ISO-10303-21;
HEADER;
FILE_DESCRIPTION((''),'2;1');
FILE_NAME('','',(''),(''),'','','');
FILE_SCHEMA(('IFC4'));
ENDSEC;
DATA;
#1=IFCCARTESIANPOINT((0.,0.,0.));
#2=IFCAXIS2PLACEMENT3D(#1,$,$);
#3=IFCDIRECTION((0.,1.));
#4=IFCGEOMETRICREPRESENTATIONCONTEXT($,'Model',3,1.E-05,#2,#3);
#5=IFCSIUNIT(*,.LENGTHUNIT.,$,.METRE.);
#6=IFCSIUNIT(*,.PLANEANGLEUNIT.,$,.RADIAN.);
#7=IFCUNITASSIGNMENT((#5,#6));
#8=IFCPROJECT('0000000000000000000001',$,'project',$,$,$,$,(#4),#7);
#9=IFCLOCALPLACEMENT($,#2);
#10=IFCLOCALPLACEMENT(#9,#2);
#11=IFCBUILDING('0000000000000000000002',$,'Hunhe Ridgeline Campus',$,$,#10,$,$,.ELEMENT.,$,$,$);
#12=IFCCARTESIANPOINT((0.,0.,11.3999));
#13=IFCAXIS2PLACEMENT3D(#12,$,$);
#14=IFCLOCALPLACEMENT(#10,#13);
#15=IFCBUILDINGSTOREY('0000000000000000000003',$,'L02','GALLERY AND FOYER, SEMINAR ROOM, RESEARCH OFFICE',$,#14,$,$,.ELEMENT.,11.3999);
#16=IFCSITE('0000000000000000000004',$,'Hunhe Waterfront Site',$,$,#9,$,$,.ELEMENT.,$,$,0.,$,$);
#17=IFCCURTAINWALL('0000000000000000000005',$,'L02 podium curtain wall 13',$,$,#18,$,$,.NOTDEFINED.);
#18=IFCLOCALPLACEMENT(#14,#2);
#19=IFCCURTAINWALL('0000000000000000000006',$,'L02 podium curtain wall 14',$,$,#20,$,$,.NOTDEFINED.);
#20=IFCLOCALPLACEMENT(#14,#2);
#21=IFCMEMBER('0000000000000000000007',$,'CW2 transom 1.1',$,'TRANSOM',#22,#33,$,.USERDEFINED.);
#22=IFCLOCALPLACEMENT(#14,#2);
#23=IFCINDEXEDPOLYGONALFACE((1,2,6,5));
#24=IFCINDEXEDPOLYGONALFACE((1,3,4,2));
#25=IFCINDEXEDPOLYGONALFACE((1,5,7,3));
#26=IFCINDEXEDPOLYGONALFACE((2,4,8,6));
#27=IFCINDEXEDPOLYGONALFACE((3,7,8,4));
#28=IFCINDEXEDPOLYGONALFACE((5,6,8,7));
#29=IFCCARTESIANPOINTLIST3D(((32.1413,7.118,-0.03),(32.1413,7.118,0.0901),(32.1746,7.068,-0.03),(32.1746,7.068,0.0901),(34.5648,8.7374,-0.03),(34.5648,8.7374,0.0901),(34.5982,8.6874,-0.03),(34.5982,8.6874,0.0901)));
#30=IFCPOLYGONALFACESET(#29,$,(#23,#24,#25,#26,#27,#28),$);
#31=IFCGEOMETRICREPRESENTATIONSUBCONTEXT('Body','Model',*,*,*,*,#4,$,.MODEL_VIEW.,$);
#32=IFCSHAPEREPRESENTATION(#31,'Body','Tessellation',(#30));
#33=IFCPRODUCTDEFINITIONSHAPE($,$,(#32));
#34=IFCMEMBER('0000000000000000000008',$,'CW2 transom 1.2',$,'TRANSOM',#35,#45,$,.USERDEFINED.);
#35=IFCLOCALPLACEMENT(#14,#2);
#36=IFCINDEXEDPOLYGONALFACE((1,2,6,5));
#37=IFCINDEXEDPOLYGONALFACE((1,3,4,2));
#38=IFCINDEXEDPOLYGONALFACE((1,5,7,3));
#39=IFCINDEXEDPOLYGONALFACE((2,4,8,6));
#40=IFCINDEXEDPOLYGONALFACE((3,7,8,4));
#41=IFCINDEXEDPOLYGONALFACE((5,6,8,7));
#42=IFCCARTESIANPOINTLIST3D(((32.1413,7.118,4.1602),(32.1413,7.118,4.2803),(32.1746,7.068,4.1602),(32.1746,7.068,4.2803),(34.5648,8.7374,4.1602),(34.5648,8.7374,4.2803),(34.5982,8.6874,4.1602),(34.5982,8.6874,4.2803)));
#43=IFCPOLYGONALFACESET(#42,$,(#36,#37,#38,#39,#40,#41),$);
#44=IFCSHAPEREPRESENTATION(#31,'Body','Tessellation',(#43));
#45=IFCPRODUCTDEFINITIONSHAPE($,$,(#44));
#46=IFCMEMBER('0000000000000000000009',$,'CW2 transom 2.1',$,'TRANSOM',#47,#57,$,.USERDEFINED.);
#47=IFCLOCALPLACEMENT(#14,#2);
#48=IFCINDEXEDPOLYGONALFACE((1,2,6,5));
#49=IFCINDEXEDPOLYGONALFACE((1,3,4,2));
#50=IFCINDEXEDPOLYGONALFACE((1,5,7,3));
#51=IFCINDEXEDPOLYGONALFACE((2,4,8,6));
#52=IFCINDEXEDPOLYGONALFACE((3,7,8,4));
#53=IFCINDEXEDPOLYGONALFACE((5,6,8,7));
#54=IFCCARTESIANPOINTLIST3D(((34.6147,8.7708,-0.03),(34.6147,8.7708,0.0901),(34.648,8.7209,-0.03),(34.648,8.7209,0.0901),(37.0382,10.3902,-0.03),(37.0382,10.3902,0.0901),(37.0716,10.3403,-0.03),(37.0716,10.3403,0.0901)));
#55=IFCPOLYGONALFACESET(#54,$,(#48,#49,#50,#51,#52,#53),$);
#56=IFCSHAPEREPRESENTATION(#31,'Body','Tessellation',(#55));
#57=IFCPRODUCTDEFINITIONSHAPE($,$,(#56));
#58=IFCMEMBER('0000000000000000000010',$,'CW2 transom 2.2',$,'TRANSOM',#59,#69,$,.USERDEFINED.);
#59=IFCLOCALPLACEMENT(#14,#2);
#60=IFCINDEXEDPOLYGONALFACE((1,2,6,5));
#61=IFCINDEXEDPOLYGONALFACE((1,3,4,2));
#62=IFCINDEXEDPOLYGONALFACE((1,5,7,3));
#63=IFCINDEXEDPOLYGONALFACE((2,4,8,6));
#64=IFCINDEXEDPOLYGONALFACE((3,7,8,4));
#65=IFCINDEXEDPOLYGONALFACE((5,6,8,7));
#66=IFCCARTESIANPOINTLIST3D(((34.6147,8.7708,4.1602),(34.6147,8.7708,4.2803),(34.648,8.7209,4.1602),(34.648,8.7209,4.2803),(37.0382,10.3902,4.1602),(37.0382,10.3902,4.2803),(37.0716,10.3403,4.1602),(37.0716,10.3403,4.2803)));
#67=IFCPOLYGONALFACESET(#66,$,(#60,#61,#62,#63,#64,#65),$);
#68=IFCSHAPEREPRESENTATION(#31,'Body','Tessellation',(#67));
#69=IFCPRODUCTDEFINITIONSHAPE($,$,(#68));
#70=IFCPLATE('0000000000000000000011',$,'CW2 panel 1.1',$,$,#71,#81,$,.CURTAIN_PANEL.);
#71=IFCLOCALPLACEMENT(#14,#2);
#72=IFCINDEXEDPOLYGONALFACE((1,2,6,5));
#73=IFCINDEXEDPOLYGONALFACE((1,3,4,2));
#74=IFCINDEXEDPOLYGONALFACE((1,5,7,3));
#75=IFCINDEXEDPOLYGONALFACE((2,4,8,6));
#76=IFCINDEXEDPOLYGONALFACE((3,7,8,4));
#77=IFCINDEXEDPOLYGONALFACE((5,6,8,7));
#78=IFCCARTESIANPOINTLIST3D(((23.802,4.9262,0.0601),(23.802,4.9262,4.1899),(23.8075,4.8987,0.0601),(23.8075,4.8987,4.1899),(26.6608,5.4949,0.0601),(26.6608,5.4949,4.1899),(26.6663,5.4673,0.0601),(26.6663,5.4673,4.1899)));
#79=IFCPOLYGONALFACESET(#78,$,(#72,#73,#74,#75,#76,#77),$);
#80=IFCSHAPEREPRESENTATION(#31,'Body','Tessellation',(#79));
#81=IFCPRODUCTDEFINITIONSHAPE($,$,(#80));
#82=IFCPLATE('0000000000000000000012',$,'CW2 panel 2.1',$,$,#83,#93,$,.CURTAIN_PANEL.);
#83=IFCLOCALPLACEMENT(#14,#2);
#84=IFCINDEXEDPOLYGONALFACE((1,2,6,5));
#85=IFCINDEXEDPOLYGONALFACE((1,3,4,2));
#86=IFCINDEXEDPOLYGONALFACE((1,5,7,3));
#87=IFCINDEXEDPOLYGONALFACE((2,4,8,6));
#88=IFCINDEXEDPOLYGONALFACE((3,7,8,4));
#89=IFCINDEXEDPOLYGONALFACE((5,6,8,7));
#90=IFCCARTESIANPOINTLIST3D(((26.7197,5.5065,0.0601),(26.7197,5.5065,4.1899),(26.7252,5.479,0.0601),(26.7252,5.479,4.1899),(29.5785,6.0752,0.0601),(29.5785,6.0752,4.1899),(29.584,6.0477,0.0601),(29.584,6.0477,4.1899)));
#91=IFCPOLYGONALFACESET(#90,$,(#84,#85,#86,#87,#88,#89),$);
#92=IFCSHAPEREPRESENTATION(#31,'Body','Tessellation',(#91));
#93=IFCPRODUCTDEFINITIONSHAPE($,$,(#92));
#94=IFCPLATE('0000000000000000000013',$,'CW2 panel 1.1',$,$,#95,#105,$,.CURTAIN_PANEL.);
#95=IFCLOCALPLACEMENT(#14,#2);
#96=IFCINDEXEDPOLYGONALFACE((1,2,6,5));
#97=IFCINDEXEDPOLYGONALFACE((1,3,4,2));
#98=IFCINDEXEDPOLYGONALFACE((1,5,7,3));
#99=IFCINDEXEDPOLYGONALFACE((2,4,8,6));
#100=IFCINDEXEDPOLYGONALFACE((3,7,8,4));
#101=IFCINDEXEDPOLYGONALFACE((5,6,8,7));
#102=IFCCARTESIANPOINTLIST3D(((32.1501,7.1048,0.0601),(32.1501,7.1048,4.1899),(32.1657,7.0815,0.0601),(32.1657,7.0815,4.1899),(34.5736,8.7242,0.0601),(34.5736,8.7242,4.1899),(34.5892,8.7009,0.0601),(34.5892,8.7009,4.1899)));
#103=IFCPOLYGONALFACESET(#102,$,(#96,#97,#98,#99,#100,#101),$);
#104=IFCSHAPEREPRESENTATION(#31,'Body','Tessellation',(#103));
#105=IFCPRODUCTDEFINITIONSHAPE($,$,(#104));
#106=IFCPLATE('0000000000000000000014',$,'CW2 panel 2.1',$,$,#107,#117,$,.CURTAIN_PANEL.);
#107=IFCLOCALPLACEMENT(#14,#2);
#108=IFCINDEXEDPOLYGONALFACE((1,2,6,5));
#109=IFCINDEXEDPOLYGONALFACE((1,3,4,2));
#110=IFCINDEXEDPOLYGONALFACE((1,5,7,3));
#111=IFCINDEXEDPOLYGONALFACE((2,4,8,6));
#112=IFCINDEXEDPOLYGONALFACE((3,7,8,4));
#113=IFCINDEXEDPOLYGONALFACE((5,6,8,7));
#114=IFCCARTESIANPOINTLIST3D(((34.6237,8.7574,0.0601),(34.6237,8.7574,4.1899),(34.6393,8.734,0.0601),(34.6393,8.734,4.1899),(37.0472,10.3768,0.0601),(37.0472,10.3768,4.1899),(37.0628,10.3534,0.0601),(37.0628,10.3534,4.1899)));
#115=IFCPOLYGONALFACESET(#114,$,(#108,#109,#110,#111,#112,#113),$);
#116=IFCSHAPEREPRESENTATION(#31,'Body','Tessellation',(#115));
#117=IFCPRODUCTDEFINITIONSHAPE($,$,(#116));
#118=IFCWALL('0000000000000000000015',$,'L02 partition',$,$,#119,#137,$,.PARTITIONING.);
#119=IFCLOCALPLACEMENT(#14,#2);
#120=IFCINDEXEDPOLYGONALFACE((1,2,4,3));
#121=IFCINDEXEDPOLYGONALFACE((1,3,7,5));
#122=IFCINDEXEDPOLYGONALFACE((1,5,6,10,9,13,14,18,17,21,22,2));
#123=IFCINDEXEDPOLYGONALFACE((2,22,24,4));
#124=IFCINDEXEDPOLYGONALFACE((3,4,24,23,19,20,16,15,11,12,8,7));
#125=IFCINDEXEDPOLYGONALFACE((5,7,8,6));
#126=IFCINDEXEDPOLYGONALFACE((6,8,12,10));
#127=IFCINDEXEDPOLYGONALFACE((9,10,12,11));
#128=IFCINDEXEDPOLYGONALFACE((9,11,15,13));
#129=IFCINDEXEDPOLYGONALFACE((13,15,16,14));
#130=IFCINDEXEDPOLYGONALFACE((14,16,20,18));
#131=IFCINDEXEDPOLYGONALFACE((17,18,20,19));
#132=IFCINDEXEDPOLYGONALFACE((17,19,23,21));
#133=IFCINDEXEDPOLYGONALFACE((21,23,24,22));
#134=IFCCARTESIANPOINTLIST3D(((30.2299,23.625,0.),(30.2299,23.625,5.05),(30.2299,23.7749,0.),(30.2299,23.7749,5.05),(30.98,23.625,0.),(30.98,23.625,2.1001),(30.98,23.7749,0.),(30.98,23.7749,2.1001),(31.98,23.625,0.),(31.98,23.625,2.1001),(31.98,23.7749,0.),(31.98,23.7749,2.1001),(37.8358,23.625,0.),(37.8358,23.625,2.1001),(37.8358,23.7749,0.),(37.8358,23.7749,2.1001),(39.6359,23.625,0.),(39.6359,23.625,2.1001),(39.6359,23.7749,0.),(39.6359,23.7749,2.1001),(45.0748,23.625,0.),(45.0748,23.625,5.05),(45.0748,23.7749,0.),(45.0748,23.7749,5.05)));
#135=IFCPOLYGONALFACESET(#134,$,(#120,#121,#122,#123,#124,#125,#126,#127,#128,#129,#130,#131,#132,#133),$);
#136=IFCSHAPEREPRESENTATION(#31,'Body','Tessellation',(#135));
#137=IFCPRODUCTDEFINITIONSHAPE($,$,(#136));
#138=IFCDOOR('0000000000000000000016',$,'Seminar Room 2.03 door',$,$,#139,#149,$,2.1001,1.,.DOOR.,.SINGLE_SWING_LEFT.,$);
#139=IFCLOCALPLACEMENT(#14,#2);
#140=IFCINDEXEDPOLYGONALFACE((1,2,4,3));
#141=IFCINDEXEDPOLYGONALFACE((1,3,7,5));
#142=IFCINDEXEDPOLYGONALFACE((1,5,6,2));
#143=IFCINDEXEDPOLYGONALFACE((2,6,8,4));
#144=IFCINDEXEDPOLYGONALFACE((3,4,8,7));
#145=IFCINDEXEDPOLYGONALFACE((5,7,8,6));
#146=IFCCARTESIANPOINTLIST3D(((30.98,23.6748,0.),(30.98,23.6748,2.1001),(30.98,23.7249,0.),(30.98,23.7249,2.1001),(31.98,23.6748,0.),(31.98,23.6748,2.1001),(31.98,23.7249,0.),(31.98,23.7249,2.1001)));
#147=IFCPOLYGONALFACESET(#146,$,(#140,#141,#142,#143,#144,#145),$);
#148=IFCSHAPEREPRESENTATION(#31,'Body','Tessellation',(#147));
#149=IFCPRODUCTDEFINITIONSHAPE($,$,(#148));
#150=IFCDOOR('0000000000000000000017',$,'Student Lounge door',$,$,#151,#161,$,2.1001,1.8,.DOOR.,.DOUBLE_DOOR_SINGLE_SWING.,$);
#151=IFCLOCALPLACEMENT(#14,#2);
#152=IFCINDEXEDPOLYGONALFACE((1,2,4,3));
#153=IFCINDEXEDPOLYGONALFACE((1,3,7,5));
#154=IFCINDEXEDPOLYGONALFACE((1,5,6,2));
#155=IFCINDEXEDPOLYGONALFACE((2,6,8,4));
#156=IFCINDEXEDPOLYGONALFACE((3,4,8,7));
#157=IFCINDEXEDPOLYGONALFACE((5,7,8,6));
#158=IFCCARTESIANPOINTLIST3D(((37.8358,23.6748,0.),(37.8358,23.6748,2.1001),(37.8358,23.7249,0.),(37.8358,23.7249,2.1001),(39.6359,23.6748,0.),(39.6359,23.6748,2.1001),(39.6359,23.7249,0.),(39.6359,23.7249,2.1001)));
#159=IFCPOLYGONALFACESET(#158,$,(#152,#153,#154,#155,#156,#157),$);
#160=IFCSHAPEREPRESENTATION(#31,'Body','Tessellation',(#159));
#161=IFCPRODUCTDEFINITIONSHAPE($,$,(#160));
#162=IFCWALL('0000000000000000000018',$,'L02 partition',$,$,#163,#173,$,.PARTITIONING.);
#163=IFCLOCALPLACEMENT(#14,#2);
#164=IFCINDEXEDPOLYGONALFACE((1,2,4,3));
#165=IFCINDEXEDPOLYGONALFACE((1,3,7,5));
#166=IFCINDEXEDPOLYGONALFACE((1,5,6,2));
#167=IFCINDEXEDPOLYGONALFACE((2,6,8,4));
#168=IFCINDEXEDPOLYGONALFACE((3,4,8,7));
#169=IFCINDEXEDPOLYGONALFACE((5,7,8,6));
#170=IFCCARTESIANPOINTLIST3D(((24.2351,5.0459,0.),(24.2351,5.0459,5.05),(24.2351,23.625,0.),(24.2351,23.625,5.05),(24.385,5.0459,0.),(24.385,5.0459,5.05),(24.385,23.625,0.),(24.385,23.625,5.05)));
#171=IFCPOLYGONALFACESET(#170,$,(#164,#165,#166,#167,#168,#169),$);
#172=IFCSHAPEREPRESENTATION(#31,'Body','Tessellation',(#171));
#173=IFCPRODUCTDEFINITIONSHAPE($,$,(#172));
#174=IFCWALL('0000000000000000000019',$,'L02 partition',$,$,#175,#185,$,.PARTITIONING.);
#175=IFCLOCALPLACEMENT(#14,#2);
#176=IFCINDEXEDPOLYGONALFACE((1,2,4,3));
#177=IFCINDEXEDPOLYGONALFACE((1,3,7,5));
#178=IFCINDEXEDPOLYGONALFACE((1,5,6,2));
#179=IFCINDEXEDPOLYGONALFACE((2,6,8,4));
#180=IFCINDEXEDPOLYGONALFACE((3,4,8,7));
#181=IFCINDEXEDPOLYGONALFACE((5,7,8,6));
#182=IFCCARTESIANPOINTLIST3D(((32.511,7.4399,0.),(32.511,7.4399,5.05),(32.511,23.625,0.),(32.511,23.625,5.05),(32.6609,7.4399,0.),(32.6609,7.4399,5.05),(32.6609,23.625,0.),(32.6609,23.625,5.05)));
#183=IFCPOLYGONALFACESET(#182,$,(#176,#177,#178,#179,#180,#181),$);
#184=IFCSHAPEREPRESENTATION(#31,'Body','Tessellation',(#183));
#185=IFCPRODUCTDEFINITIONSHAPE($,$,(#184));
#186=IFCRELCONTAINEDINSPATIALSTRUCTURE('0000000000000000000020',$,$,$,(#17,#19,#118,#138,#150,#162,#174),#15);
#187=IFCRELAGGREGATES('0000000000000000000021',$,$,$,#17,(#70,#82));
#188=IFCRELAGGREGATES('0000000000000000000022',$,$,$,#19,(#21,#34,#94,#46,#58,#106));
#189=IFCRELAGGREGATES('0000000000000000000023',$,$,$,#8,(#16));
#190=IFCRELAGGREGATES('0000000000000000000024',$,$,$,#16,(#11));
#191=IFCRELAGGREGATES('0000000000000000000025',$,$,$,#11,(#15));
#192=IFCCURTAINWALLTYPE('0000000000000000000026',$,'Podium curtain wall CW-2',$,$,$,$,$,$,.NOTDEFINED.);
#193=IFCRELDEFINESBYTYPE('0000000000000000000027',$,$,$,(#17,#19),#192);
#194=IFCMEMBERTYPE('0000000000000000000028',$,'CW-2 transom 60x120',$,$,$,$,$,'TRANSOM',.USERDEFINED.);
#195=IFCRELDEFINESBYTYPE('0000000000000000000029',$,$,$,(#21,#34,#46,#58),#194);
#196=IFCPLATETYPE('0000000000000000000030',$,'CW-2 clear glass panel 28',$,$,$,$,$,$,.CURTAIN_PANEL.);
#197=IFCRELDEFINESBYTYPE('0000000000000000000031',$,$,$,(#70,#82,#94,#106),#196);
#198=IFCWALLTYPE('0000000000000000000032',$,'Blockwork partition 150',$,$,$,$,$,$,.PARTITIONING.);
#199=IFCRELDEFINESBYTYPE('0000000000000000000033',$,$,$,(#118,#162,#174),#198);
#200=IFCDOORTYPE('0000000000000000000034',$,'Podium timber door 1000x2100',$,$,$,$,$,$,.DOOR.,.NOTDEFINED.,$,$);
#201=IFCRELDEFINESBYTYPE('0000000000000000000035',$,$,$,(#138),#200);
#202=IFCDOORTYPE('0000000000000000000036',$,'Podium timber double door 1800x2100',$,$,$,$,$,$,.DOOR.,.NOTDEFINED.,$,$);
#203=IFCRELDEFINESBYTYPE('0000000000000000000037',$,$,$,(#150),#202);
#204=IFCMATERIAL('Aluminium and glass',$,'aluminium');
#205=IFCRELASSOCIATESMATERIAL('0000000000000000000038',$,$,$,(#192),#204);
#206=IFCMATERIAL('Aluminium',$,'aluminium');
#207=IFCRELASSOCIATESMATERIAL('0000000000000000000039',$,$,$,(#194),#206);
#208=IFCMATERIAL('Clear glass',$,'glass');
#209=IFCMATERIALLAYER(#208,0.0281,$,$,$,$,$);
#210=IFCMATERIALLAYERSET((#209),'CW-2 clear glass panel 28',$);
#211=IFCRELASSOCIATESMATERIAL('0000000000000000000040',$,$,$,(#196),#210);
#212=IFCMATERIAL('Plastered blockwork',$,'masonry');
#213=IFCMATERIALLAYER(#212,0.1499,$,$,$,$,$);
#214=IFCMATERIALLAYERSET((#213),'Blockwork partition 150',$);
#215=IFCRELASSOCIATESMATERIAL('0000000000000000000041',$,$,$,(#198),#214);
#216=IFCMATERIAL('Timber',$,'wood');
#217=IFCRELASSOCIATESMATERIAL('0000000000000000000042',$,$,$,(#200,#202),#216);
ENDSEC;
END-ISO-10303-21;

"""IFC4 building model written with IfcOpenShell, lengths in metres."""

from ifc_helpers import new_model, si_unit, direction, frame, frame_2d, origin, origin_2d, place, context, subcontext, project, spatial, rectangle, extrude, material, layer, layer_set, material_profile, profile_set, type_object, element, fill, aggregate, save


model = new_model("IFC4")

# Units and contexts
model_context = context("Model", 3, precision=1e-05, world=origin(), true_north=direction((0.0, 1.0)))
body_context = subcontext(model_context, "Body", "Model", "MODEL_VIEW")
ifc_project = project(units=[si_unit("LENGTHUNIT", "METRE"), si_unit("PLANEANGLEUNIT", "RADIAN")], contexts=[model_context])

# Site, building, storey
site_placement = place(None, origin())
site = spatial("IfcSite", under=ifc_project, at=site_placement, Name="Hunhe Waterfront Site", CompositionType="ELEMENT", RefElevation=0.0)
building_placement = place(site_placement, origin())
building = spatial("IfcBuilding", under=site, at=building_placement, Name="Hunhe Ridgeline Campus", CompositionType="ELEMENT")
storey_placement = place(building_placement, frame((0.0, 0.0, 11.3999)))
storey = spatial("IfcBuildingStorey", under=building, at=storey_placement, Name="L02", Description="GALLERY AND FOYER, SEMINAR ROOM, RESEARCH OFFICE", CompositionType="ELEMENT", Elevation=11.3999)

# Curtain walls
ifc_material_1 = material(Name="Aluminium and glass", Category="aluminium")
curtain_wall_type = type_object("IfcCurtainWallType", Name="Podium curtain wall CW-2", PredefinedType="NOTDEFINED", material=ifc_material_1)
curtain_wall_1_placement = place(storey_placement, origin())
curtain_wall_1 = element("IfcCurtainWall", 1, at=curtain_wall_1_placement, inside=storey, type_object=curtain_wall_type, Name="L02 podium curtain wall 13", PredefinedType="NOTDEFINED")
ifc_material_2 = material(Name="Aluminium", Category="aluminium")
curtain_wall_2_placement = place(storey_placement, origin())
curtain_wall_2 = element("IfcCurtainWall", 2, at=curtain_wall_2_placement, inside=storey, type_object=curtain_wall_type, Name="L02 podium curtain wall 14", PredefinedType="NOTDEFINED")

# Members
ifc_material_profile_1 = material_profile(ifc_material_2, rectangle(XDim=0.0601, YDim=0.1201, at=origin_2d()))
ifc_profile_set_1 = profile_set([ifc_material_profile_1], Name="Aluminium")
member_type_1 = type_object("IfcMemberType", Name="CW-2 transom 60x120", ElementType="TRANSOM", PredefinedType="USERDEFINED", material=ifc_profile_set_1)
member_1_placement = place(storey_placement, frame((32.158, 7.093, 0.03), z_axis=(0.83147, 0.55557, 0.0), x_axis=(-0.55557, 0.83147, 0.0)))
member_1 = element("IfcMember", 3, at=member_1_placement, type_object=member_type_1, Name="CW2 transom 1.1", ObjectType="TRANSOM", PredefinedType="USERDEFINED", context=body_context, shape_type="SweptSolid", body=[
    extrude(rectangle(XDim=0.0601, YDim=0.1201, at=origin_2d()), origin(), (0.0, 0.0, 1.0), 2.9148),
])
member_2_placement = place(storey_placement, frame((32.158, 7.093, 4.2202), z_axis=(0.83147, 0.55557, 0.0), x_axis=(-0.55557, 0.83147, 0.0)))
member_2 = element("IfcMember", 4, at=member_2_placement, type_object=member_type_1, Name="CW2 transom 1.2", ObjectType="TRANSOM", PredefinedType="USERDEFINED", context=body_context, shape_type="SweptSolid", body=[
    extrude(rectangle(XDim=0.0601, YDim=0.1201, at=origin_2d()), origin(), (0.0, 0.0, 1.0), 2.9148),
])
member_3_placement = place(storey_placement, frame((34.6313, 8.7458, 0.03), z_axis=(0.83147, 0.55557, 0.0), x_axis=(-0.55557, 0.83147, 0.0)))
member_3 = element("IfcMember", 5, at=member_3_placement, type_object=member_type_1, Name="CW2 transom 2.1", ObjectType="TRANSOM", PredefinedType="USERDEFINED", context=body_context, shape_type="SweptSolid", body=[
    extrude(rectangle(XDim=0.0601, YDim=0.1201, at=origin_2d()), origin(), (0.0, 0.0, 1.0), 2.9148),
])
member_4_placement = place(storey_placement, frame((34.6313, 8.7458, 4.2202), z_axis=(0.83147, 0.55557, 0.0), x_axis=(-0.55557, 0.83147, 0.0)))
member_4 = element("IfcMember", 6, at=member_4_placement, type_object=member_type_1, Name="CW2 transom 2.2", ObjectType="TRANSOM", PredefinedType="USERDEFINED", context=body_context, shape_type="SweptSolid", body=[
    extrude(rectangle(XDim=0.0601, YDim=0.1201, at=origin_2d()), origin(), (0.0, 0.0, 1.0), 2.9148),
])

# Plates
ifc_material_3 = material(Name="Clear glass", Category="glass")
ifc_layer_1 = layer(ifc_material_3, 0.0281)
ifc_layer_set_1 = layer_set([ifc_layer_1], Name="CW-2 clear glass panel 28")
plate_type = type_object("IfcPlateType", Name="CW-2 clear glass panel 28", PredefinedType="CURTAIN_PANEL", material=ifc_layer_set_1)
plate_1_placement = place(storey_placement, frame((25.2341, 5.1968, 0.0601), z_axis=(0.0, 0.0, 1.0), x_axis=(0.980784, 0.195098, 0.0)))
plate_1 = element("IfcPlate", 7, at=plate_1_placement, type_object=plate_type, Name="CW2 panel 1.1", PredefinedType="CURTAIN_PANEL", context=body_context, shape_type="SweptSolid", body=[
    extrude(rectangle(XDim=2.9148, YDim=0.0281, at=origin_2d()), origin(), (0.0, 0.0, 1.0), 4.1299),
])
plate_2_placement = place(storey_placement, frame((28.1519, 5.7771, 0.0601), z_axis=(0.0, 0.0, 1.0), x_axis=(0.980784, 0.195098, 0.0)))
plate_2 = element("IfcPlate", 8, at=plate_2_placement, type_object=plate_type, Name="CW2 panel 2.1", PredefinedType="CURTAIN_PANEL", context=body_context, shape_type="SweptSolid", body=[
    extrude(rectangle(XDim=2.9148, YDim=0.0281, at=origin_2d()), origin(), (0.0, 0.0, 1.0), 4.1299),
])
aggregate(curtain_wall_1, [plate_1, plate_2])
plate_3_placement = place(storey_placement, frame((33.3696, 7.9028, 0.0601), z_axis=(0.0, 0.0, 1.0), x_axis=(0.831464, 0.555579, 0.0)))
plate_3 = element("IfcPlate", 9, at=plate_3_placement, type_object=plate_type, Name="CW2 panel 1.1", PredefinedType="CURTAIN_PANEL", context=body_context, shape_type="SweptSolid", body=[
    extrude(rectangle(XDim=2.9148, YDim=0.0281, at=origin_2d()), origin(), (0.0, 0.0, 1.0), 4.1299),
])
plate_4_placement = place(storey_placement, frame((35.8433, 9.5554, 0.0601), z_axis=(0.0, 0.0, 1.0), x_axis=(0.831464, 0.555579, 0.0)))
plate_4 = element("IfcPlate", 10, at=plate_4_placement, type_object=plate_type, Name="CW2 panel 2.1", PredefinedType="CURTAIN_PANEL", context=body_context, shape_type="SweptSolid", body=[
    extrude(rectangle(XDim=2.9148, YDim=0.0281, at=origin_2d()), origin(), (0.0, 0.0, 1.0), 4.1299),
])
aggregate(curtain_wall_2, [member_1, member_2, plate_3, member_3, member_4, plate_4])

# Wall, openings, doors
ifc_material_4 = material(Name="Plastered blockwork", Category="masonry")
ifc_layer_2 = layer(ifc_material_4, 0.1499)
ifc_layer_set_2 = layer_set([ifc_layer_2], Name="Blockwork partition 150")
wall_type = type_object("IfcWallType", Name="Blockwork partition 150", PredefinedType="PARTITIONING", material=ifc_layer_set_2)
wall_1_placement = place(storey_placement, frame((30.23, 23.7, 0.0), z_axis=(0.0, 0.0, 1.0), x_axis=(1.0, 0.0, 0.0)))
wall_1 = element("IfcWall", 11, at=wall_1_placement, inside=storey, type_object=wall_type, Name="L02 partition", PredefinedType="PARTITIONING", context=body_context, shape_type="SweptSolid", body=[
    extrude(rectangle(XDim=14.845, YDim=0.1499, at=frame_2d((7.4224, 0.0))), origin(), (0.0, 0.0, 1.0), 5.05),
])
opening_1_placement = place(wall_1_placement, frame((0.75, 0.0, 0.0)))
opening_1 = element("IfcOpeningElement", 12, at=opening_1_placement, cuts=wall_1, PredefinedType="OPENING", context=body_context, shape_type="SweptSolid", body=[
    extrude(rectangle(XDim=1.0, YDim=2.1001, at=frame_2d((0.5, 1.05))), frame((0.0, 0.075, 0.0), z_axis=(0.0, -1.0, 0.0), x_axis=(1.0, 0.0, 0.0)), (0.0, 0.0, 1.0), 0.1499),
])
opening_2_placement = place(wall_1_placement, frame((7.606, 0.0, 0.0)))
opening_2 = element("IfcOpeningElement", 13, at=opening_2_placement, cuts=wall_1, PredefinedType="OPENING", context=body_context, shape_type="SweptSolid", body=[
    extrude(rectangle(XDim=1.8, YDim=2.1001, at=frame_2d((0.8999, 1.05))), frame((0.0, 0.075, 0.0), z_axis=(0.0, -1.0, 0.0), x_axis=(1.0, 0.0, 0.0)), (0.0, 0.0, 1.0), 0.1499),
])
ifc_material_5 = material(Name="Timber", Category="wood")
door_type_1 = type_object("IfcDoorType", Name="Podium timber door 1000x2100", OperationType="NOTDEFINED", PredefinedType="DOOR", material=ifc_material_5)
door_1_placement = place(opening_1_placement, origin())
door_1 = element("IfcDoor", 14, at=door_1_placement, inside=storey, type_object=door_type_1, Name="Seminar Room 2.03 door", OperationType="SINGLE_SWING_LEFT", OverallHeight=2.1001, OverallWidth=1.0, PredefinedType="DOOR", context=body_context, shape_type="SweptSolid", body=[
    extrude(rectangle(XDim=1.0, YDim=2.1001, at=frame_2d((0.5, 1.05))), frame((0.0, 0.0249, 0.0), z_axis=(0.0, -1.0, 0.0), x_axis=(1.0, 0.0, 0.0)), (0.0, 0.0, 1.0), 0.05),
])
fill(opening_1, door_1)
door_type_2 = type_object("IfcDoorType", Name="Podium timber double door 1800x2100", OperationType="NOTDEFINED", PredefinedType="DOOR", material=ifc_material_5)
door_2_placement = place(opening_2_placement, origin())
door_2 = element("IfcDoor", 15, at=door_2_placement, inside=storey, type_object=door_type_2, Name="Student Lounge door", OperationType="DOUBLE_DOOR_SINGLE_SWING", OverallHeight=2.1001, OverallWidth=1.8, PredefinedType="DOOR", context=body_context, shape_type="SweptSolid", body=[
    extrude(rectangle(XDim=1.8, YDim=2.1001, at=frame_2d((0.8999, 1.05))), frame((0.0, 0.0249, 0.0), z_axis=(0.0, -1.0, 0.0), x_axis=(1.0, 0.0, 0.0)), (0.0, 0.0, 1.0), 0.05),
])
fill(opening_2, door_2)

# Walls
wall_2_placement = place(storey_placement, frame((24.3101, 5.0459, 0.0), z_axis=(0.0, 0.0, 1.0), x_axis=(0.0, 1.0, 0.0)))
element("IfcWall", 16, at=wall_2_placement, inside=storey, type_object=wall_type, Name="L02 partition", PredefinedType="PARTITIONING", context=body_context, shape_type="SweptSolid", body=[
    extrude(rectangle(XDim=18.5791, YDim=0.1499, at=frame_2d((9.2896, 0.0))), origin(), (0.0, 0.0, 1.0), 5.05),
])
wall_3_placement = place(storey_placement, frame((32.5859, 7.4399, 0.0), z_axis=(0.0, 0.0, 1.0), x_axis=(0.0, 1.0, 0.0)))
element("IfcWall", 17, at=wall_3_placement, inside=storey, type_object=wall_type, Name="L02 partition", PredefinedType="PARTITIONING", context=body_context, shape_type="SweptSolid", body=[
    extrude(rectangle(XDim=16.1851, YDim=0.1499, at=frame_2d((8.0925, 0.0))), origin(), (0.0, 0.0, 1.0), 5.05),
])

save(model, "model.ifc")
